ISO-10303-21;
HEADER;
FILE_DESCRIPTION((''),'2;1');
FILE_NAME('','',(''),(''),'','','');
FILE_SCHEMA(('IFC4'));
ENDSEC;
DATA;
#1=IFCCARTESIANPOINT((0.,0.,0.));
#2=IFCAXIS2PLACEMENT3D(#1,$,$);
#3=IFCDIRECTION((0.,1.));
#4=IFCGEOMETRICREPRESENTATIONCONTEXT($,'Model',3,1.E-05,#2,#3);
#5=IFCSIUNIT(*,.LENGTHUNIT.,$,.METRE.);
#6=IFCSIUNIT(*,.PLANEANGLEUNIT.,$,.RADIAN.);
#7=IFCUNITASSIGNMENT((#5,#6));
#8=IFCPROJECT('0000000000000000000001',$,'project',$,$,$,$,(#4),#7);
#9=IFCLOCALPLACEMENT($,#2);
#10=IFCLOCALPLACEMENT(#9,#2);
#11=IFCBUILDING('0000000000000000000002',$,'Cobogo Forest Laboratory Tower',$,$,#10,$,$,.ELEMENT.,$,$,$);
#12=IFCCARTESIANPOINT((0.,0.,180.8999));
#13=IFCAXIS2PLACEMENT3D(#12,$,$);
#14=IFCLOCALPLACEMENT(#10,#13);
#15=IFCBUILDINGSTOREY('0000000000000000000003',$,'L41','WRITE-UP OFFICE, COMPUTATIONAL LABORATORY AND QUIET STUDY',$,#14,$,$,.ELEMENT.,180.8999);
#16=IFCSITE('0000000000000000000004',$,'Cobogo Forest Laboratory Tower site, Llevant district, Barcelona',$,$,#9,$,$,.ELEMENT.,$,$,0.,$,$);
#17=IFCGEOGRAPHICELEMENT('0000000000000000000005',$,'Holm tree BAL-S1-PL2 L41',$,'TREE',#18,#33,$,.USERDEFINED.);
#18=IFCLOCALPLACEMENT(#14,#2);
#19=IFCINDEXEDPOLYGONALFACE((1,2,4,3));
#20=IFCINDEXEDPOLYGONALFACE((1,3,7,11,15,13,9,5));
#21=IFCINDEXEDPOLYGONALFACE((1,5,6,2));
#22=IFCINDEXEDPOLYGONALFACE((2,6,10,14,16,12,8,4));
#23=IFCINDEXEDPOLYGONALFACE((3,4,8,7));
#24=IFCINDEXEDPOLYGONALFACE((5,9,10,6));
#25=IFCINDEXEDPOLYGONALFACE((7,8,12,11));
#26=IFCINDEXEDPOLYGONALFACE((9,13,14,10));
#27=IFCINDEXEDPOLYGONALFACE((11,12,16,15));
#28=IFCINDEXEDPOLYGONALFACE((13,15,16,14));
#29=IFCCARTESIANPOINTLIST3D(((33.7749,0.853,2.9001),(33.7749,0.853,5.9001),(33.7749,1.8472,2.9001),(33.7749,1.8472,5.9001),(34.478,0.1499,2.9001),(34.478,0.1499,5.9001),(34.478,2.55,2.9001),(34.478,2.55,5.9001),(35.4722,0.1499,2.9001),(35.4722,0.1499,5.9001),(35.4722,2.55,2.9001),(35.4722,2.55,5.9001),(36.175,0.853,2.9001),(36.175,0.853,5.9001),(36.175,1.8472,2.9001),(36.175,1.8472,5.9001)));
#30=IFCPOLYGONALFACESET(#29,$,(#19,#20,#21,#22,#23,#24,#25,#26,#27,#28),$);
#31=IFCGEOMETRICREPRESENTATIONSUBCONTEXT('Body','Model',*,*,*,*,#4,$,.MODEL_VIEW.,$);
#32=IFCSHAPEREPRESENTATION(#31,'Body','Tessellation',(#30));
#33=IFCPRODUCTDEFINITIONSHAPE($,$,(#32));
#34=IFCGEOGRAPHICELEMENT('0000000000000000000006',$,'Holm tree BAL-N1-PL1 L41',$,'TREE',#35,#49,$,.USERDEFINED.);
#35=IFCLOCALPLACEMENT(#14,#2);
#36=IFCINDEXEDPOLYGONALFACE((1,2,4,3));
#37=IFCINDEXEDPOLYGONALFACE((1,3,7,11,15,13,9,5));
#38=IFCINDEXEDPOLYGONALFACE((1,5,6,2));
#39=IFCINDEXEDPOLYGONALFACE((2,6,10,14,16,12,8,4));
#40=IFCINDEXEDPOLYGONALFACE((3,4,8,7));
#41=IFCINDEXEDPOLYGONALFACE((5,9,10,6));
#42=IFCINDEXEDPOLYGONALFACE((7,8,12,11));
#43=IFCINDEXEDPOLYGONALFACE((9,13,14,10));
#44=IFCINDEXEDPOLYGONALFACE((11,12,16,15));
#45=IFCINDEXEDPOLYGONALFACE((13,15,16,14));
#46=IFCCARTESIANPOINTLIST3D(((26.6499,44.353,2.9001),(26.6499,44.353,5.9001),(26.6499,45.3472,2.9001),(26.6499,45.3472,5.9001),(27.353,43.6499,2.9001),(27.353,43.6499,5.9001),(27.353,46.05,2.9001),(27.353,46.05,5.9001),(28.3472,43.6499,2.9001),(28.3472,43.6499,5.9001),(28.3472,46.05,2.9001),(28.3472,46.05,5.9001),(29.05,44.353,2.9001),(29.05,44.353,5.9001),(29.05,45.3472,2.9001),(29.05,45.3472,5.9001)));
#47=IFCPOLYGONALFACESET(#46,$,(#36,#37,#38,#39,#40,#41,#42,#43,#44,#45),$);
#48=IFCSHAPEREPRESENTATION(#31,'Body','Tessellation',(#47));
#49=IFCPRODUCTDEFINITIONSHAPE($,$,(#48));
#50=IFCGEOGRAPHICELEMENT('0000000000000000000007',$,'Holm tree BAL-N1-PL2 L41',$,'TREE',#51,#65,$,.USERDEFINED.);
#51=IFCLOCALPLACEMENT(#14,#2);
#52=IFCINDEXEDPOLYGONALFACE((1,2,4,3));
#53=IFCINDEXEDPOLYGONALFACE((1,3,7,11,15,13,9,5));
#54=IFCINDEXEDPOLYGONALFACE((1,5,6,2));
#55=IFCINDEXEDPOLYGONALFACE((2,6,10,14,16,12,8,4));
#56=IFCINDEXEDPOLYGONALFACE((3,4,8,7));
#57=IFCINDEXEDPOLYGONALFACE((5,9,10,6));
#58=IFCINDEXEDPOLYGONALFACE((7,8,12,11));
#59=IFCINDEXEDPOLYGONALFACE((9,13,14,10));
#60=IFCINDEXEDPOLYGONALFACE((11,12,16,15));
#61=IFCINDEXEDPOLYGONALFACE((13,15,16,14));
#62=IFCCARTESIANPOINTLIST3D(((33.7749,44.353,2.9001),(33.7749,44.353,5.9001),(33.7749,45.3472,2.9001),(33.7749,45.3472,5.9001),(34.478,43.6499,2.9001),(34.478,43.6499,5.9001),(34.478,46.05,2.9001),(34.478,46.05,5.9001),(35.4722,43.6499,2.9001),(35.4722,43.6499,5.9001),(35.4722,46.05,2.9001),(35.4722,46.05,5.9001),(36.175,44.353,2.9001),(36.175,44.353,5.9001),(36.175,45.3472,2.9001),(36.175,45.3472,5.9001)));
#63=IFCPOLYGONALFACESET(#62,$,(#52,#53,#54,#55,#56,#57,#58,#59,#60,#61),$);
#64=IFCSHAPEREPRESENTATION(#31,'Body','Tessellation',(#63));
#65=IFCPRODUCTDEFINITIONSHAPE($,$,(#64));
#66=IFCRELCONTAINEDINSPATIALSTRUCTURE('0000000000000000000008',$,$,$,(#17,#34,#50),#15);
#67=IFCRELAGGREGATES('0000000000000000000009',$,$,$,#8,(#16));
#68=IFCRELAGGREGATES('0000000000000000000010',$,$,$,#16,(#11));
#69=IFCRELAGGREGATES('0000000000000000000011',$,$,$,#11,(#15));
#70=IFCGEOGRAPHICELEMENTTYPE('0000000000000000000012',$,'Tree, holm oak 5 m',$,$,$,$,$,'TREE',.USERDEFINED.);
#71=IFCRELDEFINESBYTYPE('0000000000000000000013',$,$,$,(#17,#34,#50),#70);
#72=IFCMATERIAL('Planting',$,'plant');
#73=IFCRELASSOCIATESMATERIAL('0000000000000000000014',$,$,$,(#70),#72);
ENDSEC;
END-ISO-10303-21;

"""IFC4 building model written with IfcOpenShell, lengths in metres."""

from ifc_helpers import new_model, si_unit, direction, frame, origin, place, context, subcontext, project, spatial, polyline, outline, extrude, material, type_object, element, save


model = new_model("IFC4")

# Units and contexts
model_context = context("Model", 3, precision=1e-05, world=origin(), true_north=direction((0.0, 1.0)))
body_context = subcontext(model_context, "Body", "Model", "MODEL_VIEW")
ifc_project = project(units=[si_unit("LENGTHUNIT", "METRE"), si_unit("PLANEANGLEUNIT", "RADIAN")], contexts=[model_context])

# Site, building, storey
site_placement = place(None, origin())
site = spatial("IfcSite", under=ifc_project, at=site_placement, Name="Cobogo Forest Laboratory Tower site, Llevant district, Barcelona", CompositionType="ELEMENT", RefElevation=0.0)
building_placement = place(site_placement, origin())
building = spatial("IfcBuilding", under=site, at=building_placement, Name="Cobogo Forest Laboratory Tower", CompositionType="ELEMENT")
storey_placement = place(building_placement, frame((0.0, 0.0, 180.8999)))
storey = spatial("IfcBuildingStorey", under=building, at=storey_placement, Name="L41", Description="WRITE-UP OFFICE, COMPUTATIONAL LABORATORY AND QUIET STUDY", CompositionType="ELEMENT", Elevation=180.8999)

# Geographic elements
ifc_material_1 = material(Name="Planting", Category="plant")
geographic_element_type = type_object("IfcGeographicElementType", Name="Tree, holm oak 5 m", ElementType="TREE", PredefinedType="USERDEFINED", material=ifc_material_1)
geographic_element_1_placement = place(storey_placement, frame((0.0, 0.0, 2.9001)))
element("IfcGeographicElement", 1, at=geographic_element_1_placement, inside=storey, type_object=geographic_element_type, Name="Holm tree BAL-S1-PL2 L41", ObjectType="TREE", PredefinedType="USERDEFINED", context=body_context, shape_type="SweptSolid", body=[
    extrude(outline(polyline([(36.175, 0.853), (36.175, 1.8472), (35.4722, 2.55), (34.478, 2.55), (33.7749, 1.8472), (33.7749, 0.853), (34.478, 0.1499), (35.4722, 0.1499), (36.175, 0.853)])), origin(), (0.0, 0.0, 1.0), 3.0),
])
geographic_element_2_placement = place(storey_placement, frame((0.0, 0.0, 2.9001)))
element("IfcGeographicElement", 2, at=geographic_element_2_placement, inside=storey, type_object=geographic_element_type, Name="Holm tree BAL-N1-PL1 L41", ObjectType="TREE", PredefinedType="USERDEFINED", context=body_context, shape_type="SweptSolid", body=[
    extrude(outline(polyline([(29.05, 44.353), (29.05, 45.3472), (28.3472, 46.05), (27.353, 46.05), (26.6499, 45.3472), (26.6499, 44.353), (27.353, 43.6499), (28.3472, 43.6499), (29.05, 44.353)])), origin(), (0.0, 0.0, 1.0), 3.0),
])
geographic_element_3_placement = place(storey_placement, frame((0.0, 0.0, 2.9001)))
element("IfcGeographicElement", 3, at=geographic_element_3_placement, inside=storey, type_object=geographic_element_type, Name="Holm tree BAL-N1-PL2 L41", ObjectType="TREE", PredefinedType="USERDEFINED", context=body_context, shape_type="SweptSolid", body=[
    extrude(outline(polyline([(36.175, 44.353), (36.175, 45.3472), (35.4722, 46.05), (34.478, 46.05), (33.7749, 45.3472), (33.7749, 44.353), (34.478, 43.6499), (35.4722, 43.6499), (36.175, 44.353)])), origin(), (0.0, 0.0, 1.0), 3.0),
])

save(model, "model.ifc")
